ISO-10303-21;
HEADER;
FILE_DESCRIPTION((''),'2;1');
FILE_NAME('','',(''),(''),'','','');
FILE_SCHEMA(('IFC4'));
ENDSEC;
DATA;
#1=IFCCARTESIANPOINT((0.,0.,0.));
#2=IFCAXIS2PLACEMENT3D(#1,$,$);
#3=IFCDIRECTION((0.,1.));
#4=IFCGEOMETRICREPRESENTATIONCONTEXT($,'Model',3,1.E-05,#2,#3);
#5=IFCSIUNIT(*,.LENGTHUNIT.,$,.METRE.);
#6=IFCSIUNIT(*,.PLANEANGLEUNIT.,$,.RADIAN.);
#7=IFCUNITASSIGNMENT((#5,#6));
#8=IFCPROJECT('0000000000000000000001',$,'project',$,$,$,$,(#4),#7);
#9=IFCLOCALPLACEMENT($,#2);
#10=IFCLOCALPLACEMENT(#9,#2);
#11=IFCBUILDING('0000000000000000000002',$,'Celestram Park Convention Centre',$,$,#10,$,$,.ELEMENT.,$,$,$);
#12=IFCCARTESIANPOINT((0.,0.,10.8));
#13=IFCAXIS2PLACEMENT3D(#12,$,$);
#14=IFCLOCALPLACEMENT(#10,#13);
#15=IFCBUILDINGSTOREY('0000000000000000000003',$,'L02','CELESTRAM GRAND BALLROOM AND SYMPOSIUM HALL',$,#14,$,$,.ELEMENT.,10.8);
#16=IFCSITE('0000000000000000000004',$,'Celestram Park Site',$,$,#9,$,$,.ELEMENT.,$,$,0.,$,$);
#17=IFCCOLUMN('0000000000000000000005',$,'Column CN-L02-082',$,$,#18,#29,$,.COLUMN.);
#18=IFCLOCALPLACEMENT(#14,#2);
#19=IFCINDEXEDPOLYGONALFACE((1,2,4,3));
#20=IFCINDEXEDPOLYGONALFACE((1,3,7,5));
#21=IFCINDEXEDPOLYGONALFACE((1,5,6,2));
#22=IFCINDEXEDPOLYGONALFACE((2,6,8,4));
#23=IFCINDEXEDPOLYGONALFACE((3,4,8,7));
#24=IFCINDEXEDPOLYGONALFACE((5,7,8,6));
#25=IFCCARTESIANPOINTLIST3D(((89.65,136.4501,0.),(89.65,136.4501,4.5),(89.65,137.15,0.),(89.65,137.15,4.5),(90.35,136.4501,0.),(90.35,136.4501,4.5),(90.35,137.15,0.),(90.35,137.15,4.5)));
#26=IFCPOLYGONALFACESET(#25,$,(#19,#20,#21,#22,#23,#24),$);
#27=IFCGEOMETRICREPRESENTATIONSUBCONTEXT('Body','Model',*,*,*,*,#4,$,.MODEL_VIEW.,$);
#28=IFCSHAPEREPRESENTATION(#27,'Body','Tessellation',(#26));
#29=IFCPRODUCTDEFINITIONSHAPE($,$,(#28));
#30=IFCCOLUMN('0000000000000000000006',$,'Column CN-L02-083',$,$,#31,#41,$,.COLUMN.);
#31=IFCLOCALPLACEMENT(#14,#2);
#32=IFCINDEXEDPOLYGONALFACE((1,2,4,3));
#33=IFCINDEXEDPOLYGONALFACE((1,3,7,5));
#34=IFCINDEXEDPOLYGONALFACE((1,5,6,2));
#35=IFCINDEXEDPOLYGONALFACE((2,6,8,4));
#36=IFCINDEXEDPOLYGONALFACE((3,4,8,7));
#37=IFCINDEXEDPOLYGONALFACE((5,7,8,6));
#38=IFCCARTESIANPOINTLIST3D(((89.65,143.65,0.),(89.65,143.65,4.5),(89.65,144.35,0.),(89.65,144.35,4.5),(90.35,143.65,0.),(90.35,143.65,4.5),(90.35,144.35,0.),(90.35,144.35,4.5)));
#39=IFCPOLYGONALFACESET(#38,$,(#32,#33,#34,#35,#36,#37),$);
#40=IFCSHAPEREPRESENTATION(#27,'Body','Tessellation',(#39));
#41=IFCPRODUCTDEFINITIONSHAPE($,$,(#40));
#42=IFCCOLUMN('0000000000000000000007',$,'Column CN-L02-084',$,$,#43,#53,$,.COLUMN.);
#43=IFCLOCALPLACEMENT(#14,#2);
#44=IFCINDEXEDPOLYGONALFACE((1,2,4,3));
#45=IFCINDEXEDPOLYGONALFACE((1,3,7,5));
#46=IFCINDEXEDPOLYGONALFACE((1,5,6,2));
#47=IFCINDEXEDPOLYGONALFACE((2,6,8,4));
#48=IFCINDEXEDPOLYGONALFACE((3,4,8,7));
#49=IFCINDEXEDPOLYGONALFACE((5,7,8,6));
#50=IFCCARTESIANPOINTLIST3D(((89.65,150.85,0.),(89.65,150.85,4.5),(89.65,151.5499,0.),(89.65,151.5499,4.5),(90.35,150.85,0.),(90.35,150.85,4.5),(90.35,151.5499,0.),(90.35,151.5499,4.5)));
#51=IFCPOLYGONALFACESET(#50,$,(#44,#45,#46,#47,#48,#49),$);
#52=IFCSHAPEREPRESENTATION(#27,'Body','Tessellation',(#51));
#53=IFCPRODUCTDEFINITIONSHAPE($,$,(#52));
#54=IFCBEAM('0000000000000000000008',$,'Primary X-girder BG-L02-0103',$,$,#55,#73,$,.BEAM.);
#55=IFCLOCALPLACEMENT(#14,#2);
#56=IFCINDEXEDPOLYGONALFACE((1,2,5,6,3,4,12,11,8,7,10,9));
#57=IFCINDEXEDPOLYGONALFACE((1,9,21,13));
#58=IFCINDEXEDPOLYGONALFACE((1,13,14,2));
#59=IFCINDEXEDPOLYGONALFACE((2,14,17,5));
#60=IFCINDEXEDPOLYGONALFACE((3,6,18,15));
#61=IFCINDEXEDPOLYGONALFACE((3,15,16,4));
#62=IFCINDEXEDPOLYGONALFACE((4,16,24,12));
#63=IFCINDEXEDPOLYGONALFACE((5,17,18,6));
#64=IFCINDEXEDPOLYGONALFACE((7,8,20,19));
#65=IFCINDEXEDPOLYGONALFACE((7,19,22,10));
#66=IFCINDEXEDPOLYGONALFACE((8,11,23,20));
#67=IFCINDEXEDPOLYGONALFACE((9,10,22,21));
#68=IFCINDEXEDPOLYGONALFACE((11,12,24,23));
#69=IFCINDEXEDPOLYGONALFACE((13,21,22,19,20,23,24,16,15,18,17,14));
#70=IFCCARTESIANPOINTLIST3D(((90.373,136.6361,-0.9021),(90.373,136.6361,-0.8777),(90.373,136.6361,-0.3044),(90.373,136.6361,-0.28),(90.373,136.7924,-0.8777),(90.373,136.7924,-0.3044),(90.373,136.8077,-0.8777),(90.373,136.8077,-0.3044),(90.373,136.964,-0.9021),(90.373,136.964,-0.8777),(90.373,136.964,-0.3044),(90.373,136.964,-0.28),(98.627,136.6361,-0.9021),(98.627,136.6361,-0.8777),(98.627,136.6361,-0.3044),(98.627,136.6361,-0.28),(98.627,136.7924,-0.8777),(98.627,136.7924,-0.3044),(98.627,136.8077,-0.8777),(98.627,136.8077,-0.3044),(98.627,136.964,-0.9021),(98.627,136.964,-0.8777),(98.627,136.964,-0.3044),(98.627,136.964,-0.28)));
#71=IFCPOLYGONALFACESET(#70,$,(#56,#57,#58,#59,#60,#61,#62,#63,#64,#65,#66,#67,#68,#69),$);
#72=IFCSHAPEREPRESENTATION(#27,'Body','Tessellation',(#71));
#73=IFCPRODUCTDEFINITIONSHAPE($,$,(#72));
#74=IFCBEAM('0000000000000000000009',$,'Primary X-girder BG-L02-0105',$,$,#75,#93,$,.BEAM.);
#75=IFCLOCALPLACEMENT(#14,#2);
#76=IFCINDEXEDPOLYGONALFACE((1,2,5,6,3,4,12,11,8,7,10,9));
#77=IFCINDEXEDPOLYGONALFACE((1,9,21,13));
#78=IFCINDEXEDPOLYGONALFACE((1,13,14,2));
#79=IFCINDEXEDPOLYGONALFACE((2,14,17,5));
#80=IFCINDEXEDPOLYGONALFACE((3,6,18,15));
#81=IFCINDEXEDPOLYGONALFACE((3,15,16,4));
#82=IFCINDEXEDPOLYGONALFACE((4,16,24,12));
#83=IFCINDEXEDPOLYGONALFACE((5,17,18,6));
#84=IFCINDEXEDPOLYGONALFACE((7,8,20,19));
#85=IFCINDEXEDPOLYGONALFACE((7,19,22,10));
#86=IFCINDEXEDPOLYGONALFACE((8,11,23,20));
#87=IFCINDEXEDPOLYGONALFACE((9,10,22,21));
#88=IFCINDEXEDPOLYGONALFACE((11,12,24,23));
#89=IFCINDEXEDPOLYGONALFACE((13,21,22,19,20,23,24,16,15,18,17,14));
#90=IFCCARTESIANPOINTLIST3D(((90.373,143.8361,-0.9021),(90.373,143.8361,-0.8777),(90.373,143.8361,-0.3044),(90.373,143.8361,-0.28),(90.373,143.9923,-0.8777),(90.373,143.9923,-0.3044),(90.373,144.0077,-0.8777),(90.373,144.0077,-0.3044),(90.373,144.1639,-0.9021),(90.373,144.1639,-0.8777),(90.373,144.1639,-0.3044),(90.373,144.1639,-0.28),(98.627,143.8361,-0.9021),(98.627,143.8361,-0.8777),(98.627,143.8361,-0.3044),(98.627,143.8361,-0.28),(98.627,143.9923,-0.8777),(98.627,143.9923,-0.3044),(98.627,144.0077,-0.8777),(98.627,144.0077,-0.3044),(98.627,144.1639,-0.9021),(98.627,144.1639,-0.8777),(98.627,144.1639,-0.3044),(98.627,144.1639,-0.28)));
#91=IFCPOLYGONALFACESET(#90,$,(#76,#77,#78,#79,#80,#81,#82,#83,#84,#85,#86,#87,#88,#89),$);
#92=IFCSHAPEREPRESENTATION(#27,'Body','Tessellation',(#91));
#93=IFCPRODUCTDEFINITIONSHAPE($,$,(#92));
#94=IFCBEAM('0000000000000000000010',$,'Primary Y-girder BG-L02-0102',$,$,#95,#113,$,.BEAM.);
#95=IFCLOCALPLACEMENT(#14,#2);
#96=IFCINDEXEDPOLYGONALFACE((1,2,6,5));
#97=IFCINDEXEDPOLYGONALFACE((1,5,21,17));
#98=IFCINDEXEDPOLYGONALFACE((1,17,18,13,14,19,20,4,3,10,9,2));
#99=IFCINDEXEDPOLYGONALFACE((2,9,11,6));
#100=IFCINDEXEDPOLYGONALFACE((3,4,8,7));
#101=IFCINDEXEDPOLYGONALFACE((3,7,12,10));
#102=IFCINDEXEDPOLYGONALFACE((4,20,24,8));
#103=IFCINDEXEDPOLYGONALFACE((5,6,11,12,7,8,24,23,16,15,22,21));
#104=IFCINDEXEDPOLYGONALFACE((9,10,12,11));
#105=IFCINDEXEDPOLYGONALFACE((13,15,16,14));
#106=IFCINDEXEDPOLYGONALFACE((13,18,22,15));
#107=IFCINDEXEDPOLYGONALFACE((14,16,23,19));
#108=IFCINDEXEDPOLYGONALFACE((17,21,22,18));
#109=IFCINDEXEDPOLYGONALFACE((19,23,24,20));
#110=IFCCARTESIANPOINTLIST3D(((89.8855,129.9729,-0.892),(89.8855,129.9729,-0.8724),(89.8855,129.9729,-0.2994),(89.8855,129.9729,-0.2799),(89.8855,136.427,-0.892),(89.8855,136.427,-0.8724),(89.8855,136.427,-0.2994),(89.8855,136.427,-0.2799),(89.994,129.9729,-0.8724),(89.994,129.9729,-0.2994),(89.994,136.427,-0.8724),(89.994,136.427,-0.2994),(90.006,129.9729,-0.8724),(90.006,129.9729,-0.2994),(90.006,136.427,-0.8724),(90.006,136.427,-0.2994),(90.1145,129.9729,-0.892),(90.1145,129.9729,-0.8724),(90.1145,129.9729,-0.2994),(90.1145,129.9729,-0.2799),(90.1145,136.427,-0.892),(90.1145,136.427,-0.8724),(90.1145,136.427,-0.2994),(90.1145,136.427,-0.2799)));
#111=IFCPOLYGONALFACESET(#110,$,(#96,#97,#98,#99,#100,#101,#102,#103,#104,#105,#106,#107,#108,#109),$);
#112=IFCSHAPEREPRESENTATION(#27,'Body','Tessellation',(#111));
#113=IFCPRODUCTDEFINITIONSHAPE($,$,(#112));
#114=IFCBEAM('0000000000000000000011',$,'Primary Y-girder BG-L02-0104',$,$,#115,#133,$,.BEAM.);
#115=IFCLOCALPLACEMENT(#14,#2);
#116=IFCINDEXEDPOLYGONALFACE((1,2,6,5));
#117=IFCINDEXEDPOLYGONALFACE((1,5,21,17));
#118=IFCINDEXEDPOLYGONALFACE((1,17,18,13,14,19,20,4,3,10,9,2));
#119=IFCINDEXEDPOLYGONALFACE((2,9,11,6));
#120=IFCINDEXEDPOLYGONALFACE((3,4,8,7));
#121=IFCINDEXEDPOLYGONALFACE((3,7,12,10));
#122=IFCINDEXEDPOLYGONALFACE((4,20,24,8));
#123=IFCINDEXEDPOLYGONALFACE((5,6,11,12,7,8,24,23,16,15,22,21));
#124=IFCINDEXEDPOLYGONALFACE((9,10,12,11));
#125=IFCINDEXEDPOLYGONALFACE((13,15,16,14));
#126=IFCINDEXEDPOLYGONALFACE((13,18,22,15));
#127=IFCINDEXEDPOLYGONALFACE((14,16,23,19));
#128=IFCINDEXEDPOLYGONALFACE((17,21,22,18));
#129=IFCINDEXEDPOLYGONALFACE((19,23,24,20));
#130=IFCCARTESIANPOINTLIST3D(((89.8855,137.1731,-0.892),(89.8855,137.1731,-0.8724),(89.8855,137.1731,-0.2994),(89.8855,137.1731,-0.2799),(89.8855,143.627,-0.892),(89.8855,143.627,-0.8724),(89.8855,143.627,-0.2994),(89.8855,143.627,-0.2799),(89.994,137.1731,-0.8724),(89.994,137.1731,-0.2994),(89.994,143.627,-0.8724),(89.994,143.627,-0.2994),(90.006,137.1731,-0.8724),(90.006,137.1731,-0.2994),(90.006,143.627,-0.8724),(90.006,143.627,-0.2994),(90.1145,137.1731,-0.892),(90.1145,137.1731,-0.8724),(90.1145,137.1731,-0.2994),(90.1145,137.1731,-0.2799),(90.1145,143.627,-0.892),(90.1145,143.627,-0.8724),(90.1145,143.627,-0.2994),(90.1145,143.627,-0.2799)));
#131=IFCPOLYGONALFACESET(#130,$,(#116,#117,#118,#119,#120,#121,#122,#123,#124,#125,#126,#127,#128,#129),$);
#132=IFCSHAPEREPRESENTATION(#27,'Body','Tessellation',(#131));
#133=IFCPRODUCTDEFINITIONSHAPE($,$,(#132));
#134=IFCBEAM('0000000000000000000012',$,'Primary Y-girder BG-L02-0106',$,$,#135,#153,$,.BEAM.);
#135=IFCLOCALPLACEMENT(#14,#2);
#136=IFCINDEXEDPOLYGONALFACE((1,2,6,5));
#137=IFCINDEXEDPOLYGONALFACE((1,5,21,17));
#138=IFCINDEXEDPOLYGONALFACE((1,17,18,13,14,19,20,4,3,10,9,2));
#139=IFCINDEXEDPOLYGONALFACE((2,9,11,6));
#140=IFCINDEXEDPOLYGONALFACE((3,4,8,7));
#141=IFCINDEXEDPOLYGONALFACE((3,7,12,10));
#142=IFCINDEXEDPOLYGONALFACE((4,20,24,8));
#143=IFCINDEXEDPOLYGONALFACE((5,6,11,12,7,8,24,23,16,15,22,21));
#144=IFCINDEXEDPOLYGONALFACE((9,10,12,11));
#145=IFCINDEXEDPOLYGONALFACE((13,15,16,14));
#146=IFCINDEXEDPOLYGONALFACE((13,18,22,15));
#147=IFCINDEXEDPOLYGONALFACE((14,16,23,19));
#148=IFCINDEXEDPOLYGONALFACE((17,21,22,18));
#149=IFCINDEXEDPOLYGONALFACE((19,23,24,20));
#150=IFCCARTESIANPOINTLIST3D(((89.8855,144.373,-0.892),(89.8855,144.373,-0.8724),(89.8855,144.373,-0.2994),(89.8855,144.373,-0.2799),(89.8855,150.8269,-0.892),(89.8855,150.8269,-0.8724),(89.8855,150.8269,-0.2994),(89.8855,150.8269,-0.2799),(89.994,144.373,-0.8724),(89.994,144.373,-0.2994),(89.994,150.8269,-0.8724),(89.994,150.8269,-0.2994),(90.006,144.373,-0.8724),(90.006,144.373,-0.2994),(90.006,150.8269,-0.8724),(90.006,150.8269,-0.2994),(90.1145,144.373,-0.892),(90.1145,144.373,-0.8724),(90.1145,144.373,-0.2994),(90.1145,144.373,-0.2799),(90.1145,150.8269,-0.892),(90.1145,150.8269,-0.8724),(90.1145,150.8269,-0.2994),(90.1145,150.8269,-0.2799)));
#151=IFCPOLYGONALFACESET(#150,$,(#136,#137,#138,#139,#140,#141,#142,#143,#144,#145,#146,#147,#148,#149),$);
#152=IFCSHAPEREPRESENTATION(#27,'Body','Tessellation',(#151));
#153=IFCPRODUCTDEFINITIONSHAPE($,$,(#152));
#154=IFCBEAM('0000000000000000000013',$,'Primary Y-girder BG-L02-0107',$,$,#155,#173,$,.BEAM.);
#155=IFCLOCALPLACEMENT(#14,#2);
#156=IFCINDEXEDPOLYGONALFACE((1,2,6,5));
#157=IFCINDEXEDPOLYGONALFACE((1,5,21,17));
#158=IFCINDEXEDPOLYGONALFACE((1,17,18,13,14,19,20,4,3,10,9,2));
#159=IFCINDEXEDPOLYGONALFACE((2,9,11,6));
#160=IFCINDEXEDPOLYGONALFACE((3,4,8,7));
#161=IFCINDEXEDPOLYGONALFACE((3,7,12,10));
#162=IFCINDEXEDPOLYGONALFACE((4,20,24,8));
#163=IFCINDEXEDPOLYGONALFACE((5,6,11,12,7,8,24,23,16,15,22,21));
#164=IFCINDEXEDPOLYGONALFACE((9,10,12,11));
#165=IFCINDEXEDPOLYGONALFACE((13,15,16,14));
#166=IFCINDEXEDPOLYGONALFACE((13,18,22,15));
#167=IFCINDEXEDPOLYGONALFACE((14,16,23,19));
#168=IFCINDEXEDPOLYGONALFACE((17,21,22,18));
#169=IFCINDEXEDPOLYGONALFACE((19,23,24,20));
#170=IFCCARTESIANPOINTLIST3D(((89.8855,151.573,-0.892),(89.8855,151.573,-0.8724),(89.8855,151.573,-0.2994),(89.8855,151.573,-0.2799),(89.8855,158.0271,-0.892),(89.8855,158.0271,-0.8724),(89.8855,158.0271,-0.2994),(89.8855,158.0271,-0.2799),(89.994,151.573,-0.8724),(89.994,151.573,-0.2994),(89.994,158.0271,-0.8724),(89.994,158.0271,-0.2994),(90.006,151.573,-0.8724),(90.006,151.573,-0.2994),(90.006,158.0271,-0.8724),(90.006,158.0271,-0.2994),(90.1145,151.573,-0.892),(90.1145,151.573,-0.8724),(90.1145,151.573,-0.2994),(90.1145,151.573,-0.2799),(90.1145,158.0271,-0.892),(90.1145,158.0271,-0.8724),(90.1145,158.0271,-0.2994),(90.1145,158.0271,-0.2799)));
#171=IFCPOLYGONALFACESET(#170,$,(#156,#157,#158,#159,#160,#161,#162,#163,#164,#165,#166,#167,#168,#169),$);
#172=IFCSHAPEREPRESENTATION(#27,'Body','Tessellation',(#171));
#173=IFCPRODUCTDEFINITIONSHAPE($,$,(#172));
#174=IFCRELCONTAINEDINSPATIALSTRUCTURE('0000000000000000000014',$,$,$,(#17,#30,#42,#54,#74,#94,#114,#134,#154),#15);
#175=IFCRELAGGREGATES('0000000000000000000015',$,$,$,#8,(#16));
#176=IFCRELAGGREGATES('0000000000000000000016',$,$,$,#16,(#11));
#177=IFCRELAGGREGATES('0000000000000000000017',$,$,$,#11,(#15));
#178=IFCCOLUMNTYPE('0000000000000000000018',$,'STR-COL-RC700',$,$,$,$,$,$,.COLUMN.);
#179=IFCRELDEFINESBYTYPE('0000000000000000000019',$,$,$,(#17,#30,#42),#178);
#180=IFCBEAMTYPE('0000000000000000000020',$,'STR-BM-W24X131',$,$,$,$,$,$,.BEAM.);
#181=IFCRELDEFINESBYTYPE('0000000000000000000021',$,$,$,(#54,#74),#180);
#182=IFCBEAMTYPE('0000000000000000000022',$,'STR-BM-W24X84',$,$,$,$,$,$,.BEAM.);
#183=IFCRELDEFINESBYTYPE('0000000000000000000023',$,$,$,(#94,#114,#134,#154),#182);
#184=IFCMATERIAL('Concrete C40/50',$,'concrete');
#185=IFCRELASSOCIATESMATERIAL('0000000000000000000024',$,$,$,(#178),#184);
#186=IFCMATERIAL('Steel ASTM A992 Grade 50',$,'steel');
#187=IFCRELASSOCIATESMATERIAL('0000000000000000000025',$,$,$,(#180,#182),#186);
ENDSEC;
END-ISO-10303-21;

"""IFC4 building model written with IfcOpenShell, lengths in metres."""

from ifc_helpers import new_model, si_unit, direction, frame, origin, origin_2d, place, context, subcontext, project, spatial, rectangle, i_section, extrude, material, material_profile, profile_set, type_object, element, save


model = new_model("IFC4")

# Units and contexts
model_context = context("Model", 3, precision=1e-05, world=origin(), true_north=direction((0.0, 1.0)))
body_context = subcontext(model_context, "Body", "Model", "MODEL_VIEW")
ifc_project = project(units=[si_unit("LENGTHUNIT", "METRE"), si_unit("PLANEANGLEUNIT", "RADIAN")], contexts=[model_context])

# Site, building, storey
site_placement = place(None, origin())
site = spatial("IfcSite", under=ifc_project, at=site_placement, Name="Celestram Park Site", CompositionType="ELEMENT", RefElevation=0.0)
building_placement = place(site_placement, origin())
building = spatial("IfcBuilding", under=site, at=building_placement, Name="Celestram Park Convention Centre", CompositionType="ELEMENT")
storey_placement = place(building_placement, frame((0.0, 0.0, 10.8)))
storey = spatial("IfcBuildingStorey", under=building, at=storey_placement, Name="L02", Description="CELESTRAM GRAND BALLROOM AND SYMPOSIUM HALL", CompositionType="ELEMENT", Elevation=10.8)

# Columns
ifc_material_1 = material(Name="Concrete C40/50", Category="concrete")
ifc_material_profile_1 = material_profile(ifc_material_1, rectangle(XDim=0.7, YDim=0.7, at=origin_2d()), Name="RC700X700")
ifc_profile_set_1 = profile_set([ifc_material_profile_1], Name="Concrete C40/50")
column_type = type_object("IfcColumnType", Name="STR-COL-RC700", PredefinedType="COLUMN", material=ifc_profile_set_1)
for number, where, z_axis, x_axis, name in (
    (1, (90.0, 136.8, 0.0), (0.0, 0.0, 1.0), (1.0, 0.0, 0.0), "Column CN-L02-082"),
    (2, (90.0, 144.0, 0.0), (0.0, 0.0, 1.0), (1.0, 0.0, 0.0), "Column CN-L02-083"),
    (3, (90.0, 151.2, 0.0), (0.0, 0.0, 1.0), (1.0, 0.0, 0.0), "Column CN-L02-084"),
):
    element("IfcColumn", number, at=place(storey_placement, frame(where, z_axis=z_axis, x_axis=x_axis)), inside=storey, type_object=column_type, Name=name, PredefinedType="COLUMN", context=body_context, shape_type="SweptSolid", body=[
        extrude(rectangle(XDim=0.7, YDim=0.7, at=origin_2d()), origin(), (0.0, 0.0, 1.0), 4.5),
    ])

# Beams
ifc_material_2 = material(Name="Steel ASTM A992 Grade 50", Category="steel")
ifc_material_profile_2 = material_profile(ifc_material_2, i_section(OverallWidth=0.3279, OverallDepth=0.6221, WebThickness=0.0154, FlangeThickness=0.0244, at=origin_2d()), Name="W24X131")
ifc_profile_set_2 = profile_set([ifc_material_profile_2], Name="Steel ASTM A992 Grade 50")
beam_type_1 = type_object("IfcBeamType", Name="STR-BM-W24X131", PredefinedType="BEAM", material=ifc_profile_set_2)
for number, where, z_axis, x_axis, name in (
    (4, (90.373, 136.8, -0.5911), (1.0, 0.0, 0.0), (0.0, 1.0, 0.0), "Primary X-girder BG-L02-0103"),
    (5, (90.373, 144.0, -0.5911), (1.0, 0.0, 0.0), (0.0, 1.0, 0.0), "Primary X-girder BG-L02-0105"),
):
    element("IfcBeam", number, at=place(storey_placement, frame(where, z_axis=z_axis, x_axis=x_axis)), inside=storey, type_object=beam_type_1, Name=name, PredefinedType="BEAM", context=body_context, shape_type="SweptSolid", body=[
        extrude(i_section(OverallWidth=0.3279, OverallDepth=0.6221, WebThickness=0.0154, FlangeThickness=0.0244, at=origin_2d()), origin(), (0.0, 0.0, 1.0), 8.2539),
    ])
ifc_material_profile_3 = material_profile(ifc_material_2, i_section(OverallWidth=0.229, OverallDepth=0.6121, WebThickness=0.012, FlangeThickness=0.0195, at=origin_2d()), Name="W24X84")
ifc_profile_set_3 = profile_set([ifc_material_profile_3], Name="Steel ASTM A992 Grade 50")
beam_type_2 = type_object("IfcBeamType", Name="STR-BM-W24X84", PredefinedType="BEAM", material=ifc_profile_set_3)
beam_1_placement = place(storey_placement, frame((90.0, 129.9729, -0.5859), z_axis=(0.0, 1.0, 0.0), x_axis=(-1.0, 0.0, 0.0)))
element("IfcBeam", 6, at=beam_1_placement, inside=storey, type_object=beam_type_2, Name="Primary Y-girder BG-L02-0102", PredefinedType="BEAM", context=body_context, shape_type="SweptSolid", body=[
    extrude(i_section(OverallWidth=0.229, OverallDepth=0.6121, WebThickness=0.012, FlangeThickness=0.0195, at=origin_2d()), origin(), (0.0, 0.0, 1.0), 6.4541),
])
for number, where, z_axis, x_axis, name in (
    (7, (90.0, 137.1731, -0.5859), (0.0, 1.0, 0.0), (-1.0, 0.0, 0.0), "Primary Y-girder BG-L02-0104"),
    (8, (90.0, 144.373, -0.5859), (0.0, 1.0, 0.0), (-1.0, 0.0, 0.0), "Primary Y-girder BG-L02-0106"),
):
    element("IfcBeam", number, at=place(storey_placement, frame(where, z_axis=z_axis, x_axis=x_axis)), inside=storey, type_object=beam_type_2, Name=name, PredefinedType="BEAM", context=body_context, shape_type="SweptSolid", body=[
        extrude(i_section(OverallWidth=0.229, OverallDepth=0.6121, WebThickness=0.012, FlangeThickness=0.0195, at=origin_2d()), origin(), (0.0, 0.0, 1.0), 6.4539),
    ])
beam_2_placement = place(storey_placement, frame((90.0, 151.573, -0.5859), z_axis=(0.0, 1.0, 0.0), x_axis=(-1.0, 0.0, 0.0)))
element("IfcBeam", 9, at=beam_2_placement, inside=storey, type_object=beam_type_2, Name="Primary Y-girder BG-L02-0107", PredefinedType="BEAM", context=body_context, shape_type="SweptSolid", body=[
    extrude(i_section(OverallWidth=0.229, OverallDepth=0.6121, WebThickness=0.012, FlangeThickness=0.0195, at=origin_2d()), origin(), (0.0, 0.0, 1.0), 6.4541),
])

save(model, "model.ifc")
